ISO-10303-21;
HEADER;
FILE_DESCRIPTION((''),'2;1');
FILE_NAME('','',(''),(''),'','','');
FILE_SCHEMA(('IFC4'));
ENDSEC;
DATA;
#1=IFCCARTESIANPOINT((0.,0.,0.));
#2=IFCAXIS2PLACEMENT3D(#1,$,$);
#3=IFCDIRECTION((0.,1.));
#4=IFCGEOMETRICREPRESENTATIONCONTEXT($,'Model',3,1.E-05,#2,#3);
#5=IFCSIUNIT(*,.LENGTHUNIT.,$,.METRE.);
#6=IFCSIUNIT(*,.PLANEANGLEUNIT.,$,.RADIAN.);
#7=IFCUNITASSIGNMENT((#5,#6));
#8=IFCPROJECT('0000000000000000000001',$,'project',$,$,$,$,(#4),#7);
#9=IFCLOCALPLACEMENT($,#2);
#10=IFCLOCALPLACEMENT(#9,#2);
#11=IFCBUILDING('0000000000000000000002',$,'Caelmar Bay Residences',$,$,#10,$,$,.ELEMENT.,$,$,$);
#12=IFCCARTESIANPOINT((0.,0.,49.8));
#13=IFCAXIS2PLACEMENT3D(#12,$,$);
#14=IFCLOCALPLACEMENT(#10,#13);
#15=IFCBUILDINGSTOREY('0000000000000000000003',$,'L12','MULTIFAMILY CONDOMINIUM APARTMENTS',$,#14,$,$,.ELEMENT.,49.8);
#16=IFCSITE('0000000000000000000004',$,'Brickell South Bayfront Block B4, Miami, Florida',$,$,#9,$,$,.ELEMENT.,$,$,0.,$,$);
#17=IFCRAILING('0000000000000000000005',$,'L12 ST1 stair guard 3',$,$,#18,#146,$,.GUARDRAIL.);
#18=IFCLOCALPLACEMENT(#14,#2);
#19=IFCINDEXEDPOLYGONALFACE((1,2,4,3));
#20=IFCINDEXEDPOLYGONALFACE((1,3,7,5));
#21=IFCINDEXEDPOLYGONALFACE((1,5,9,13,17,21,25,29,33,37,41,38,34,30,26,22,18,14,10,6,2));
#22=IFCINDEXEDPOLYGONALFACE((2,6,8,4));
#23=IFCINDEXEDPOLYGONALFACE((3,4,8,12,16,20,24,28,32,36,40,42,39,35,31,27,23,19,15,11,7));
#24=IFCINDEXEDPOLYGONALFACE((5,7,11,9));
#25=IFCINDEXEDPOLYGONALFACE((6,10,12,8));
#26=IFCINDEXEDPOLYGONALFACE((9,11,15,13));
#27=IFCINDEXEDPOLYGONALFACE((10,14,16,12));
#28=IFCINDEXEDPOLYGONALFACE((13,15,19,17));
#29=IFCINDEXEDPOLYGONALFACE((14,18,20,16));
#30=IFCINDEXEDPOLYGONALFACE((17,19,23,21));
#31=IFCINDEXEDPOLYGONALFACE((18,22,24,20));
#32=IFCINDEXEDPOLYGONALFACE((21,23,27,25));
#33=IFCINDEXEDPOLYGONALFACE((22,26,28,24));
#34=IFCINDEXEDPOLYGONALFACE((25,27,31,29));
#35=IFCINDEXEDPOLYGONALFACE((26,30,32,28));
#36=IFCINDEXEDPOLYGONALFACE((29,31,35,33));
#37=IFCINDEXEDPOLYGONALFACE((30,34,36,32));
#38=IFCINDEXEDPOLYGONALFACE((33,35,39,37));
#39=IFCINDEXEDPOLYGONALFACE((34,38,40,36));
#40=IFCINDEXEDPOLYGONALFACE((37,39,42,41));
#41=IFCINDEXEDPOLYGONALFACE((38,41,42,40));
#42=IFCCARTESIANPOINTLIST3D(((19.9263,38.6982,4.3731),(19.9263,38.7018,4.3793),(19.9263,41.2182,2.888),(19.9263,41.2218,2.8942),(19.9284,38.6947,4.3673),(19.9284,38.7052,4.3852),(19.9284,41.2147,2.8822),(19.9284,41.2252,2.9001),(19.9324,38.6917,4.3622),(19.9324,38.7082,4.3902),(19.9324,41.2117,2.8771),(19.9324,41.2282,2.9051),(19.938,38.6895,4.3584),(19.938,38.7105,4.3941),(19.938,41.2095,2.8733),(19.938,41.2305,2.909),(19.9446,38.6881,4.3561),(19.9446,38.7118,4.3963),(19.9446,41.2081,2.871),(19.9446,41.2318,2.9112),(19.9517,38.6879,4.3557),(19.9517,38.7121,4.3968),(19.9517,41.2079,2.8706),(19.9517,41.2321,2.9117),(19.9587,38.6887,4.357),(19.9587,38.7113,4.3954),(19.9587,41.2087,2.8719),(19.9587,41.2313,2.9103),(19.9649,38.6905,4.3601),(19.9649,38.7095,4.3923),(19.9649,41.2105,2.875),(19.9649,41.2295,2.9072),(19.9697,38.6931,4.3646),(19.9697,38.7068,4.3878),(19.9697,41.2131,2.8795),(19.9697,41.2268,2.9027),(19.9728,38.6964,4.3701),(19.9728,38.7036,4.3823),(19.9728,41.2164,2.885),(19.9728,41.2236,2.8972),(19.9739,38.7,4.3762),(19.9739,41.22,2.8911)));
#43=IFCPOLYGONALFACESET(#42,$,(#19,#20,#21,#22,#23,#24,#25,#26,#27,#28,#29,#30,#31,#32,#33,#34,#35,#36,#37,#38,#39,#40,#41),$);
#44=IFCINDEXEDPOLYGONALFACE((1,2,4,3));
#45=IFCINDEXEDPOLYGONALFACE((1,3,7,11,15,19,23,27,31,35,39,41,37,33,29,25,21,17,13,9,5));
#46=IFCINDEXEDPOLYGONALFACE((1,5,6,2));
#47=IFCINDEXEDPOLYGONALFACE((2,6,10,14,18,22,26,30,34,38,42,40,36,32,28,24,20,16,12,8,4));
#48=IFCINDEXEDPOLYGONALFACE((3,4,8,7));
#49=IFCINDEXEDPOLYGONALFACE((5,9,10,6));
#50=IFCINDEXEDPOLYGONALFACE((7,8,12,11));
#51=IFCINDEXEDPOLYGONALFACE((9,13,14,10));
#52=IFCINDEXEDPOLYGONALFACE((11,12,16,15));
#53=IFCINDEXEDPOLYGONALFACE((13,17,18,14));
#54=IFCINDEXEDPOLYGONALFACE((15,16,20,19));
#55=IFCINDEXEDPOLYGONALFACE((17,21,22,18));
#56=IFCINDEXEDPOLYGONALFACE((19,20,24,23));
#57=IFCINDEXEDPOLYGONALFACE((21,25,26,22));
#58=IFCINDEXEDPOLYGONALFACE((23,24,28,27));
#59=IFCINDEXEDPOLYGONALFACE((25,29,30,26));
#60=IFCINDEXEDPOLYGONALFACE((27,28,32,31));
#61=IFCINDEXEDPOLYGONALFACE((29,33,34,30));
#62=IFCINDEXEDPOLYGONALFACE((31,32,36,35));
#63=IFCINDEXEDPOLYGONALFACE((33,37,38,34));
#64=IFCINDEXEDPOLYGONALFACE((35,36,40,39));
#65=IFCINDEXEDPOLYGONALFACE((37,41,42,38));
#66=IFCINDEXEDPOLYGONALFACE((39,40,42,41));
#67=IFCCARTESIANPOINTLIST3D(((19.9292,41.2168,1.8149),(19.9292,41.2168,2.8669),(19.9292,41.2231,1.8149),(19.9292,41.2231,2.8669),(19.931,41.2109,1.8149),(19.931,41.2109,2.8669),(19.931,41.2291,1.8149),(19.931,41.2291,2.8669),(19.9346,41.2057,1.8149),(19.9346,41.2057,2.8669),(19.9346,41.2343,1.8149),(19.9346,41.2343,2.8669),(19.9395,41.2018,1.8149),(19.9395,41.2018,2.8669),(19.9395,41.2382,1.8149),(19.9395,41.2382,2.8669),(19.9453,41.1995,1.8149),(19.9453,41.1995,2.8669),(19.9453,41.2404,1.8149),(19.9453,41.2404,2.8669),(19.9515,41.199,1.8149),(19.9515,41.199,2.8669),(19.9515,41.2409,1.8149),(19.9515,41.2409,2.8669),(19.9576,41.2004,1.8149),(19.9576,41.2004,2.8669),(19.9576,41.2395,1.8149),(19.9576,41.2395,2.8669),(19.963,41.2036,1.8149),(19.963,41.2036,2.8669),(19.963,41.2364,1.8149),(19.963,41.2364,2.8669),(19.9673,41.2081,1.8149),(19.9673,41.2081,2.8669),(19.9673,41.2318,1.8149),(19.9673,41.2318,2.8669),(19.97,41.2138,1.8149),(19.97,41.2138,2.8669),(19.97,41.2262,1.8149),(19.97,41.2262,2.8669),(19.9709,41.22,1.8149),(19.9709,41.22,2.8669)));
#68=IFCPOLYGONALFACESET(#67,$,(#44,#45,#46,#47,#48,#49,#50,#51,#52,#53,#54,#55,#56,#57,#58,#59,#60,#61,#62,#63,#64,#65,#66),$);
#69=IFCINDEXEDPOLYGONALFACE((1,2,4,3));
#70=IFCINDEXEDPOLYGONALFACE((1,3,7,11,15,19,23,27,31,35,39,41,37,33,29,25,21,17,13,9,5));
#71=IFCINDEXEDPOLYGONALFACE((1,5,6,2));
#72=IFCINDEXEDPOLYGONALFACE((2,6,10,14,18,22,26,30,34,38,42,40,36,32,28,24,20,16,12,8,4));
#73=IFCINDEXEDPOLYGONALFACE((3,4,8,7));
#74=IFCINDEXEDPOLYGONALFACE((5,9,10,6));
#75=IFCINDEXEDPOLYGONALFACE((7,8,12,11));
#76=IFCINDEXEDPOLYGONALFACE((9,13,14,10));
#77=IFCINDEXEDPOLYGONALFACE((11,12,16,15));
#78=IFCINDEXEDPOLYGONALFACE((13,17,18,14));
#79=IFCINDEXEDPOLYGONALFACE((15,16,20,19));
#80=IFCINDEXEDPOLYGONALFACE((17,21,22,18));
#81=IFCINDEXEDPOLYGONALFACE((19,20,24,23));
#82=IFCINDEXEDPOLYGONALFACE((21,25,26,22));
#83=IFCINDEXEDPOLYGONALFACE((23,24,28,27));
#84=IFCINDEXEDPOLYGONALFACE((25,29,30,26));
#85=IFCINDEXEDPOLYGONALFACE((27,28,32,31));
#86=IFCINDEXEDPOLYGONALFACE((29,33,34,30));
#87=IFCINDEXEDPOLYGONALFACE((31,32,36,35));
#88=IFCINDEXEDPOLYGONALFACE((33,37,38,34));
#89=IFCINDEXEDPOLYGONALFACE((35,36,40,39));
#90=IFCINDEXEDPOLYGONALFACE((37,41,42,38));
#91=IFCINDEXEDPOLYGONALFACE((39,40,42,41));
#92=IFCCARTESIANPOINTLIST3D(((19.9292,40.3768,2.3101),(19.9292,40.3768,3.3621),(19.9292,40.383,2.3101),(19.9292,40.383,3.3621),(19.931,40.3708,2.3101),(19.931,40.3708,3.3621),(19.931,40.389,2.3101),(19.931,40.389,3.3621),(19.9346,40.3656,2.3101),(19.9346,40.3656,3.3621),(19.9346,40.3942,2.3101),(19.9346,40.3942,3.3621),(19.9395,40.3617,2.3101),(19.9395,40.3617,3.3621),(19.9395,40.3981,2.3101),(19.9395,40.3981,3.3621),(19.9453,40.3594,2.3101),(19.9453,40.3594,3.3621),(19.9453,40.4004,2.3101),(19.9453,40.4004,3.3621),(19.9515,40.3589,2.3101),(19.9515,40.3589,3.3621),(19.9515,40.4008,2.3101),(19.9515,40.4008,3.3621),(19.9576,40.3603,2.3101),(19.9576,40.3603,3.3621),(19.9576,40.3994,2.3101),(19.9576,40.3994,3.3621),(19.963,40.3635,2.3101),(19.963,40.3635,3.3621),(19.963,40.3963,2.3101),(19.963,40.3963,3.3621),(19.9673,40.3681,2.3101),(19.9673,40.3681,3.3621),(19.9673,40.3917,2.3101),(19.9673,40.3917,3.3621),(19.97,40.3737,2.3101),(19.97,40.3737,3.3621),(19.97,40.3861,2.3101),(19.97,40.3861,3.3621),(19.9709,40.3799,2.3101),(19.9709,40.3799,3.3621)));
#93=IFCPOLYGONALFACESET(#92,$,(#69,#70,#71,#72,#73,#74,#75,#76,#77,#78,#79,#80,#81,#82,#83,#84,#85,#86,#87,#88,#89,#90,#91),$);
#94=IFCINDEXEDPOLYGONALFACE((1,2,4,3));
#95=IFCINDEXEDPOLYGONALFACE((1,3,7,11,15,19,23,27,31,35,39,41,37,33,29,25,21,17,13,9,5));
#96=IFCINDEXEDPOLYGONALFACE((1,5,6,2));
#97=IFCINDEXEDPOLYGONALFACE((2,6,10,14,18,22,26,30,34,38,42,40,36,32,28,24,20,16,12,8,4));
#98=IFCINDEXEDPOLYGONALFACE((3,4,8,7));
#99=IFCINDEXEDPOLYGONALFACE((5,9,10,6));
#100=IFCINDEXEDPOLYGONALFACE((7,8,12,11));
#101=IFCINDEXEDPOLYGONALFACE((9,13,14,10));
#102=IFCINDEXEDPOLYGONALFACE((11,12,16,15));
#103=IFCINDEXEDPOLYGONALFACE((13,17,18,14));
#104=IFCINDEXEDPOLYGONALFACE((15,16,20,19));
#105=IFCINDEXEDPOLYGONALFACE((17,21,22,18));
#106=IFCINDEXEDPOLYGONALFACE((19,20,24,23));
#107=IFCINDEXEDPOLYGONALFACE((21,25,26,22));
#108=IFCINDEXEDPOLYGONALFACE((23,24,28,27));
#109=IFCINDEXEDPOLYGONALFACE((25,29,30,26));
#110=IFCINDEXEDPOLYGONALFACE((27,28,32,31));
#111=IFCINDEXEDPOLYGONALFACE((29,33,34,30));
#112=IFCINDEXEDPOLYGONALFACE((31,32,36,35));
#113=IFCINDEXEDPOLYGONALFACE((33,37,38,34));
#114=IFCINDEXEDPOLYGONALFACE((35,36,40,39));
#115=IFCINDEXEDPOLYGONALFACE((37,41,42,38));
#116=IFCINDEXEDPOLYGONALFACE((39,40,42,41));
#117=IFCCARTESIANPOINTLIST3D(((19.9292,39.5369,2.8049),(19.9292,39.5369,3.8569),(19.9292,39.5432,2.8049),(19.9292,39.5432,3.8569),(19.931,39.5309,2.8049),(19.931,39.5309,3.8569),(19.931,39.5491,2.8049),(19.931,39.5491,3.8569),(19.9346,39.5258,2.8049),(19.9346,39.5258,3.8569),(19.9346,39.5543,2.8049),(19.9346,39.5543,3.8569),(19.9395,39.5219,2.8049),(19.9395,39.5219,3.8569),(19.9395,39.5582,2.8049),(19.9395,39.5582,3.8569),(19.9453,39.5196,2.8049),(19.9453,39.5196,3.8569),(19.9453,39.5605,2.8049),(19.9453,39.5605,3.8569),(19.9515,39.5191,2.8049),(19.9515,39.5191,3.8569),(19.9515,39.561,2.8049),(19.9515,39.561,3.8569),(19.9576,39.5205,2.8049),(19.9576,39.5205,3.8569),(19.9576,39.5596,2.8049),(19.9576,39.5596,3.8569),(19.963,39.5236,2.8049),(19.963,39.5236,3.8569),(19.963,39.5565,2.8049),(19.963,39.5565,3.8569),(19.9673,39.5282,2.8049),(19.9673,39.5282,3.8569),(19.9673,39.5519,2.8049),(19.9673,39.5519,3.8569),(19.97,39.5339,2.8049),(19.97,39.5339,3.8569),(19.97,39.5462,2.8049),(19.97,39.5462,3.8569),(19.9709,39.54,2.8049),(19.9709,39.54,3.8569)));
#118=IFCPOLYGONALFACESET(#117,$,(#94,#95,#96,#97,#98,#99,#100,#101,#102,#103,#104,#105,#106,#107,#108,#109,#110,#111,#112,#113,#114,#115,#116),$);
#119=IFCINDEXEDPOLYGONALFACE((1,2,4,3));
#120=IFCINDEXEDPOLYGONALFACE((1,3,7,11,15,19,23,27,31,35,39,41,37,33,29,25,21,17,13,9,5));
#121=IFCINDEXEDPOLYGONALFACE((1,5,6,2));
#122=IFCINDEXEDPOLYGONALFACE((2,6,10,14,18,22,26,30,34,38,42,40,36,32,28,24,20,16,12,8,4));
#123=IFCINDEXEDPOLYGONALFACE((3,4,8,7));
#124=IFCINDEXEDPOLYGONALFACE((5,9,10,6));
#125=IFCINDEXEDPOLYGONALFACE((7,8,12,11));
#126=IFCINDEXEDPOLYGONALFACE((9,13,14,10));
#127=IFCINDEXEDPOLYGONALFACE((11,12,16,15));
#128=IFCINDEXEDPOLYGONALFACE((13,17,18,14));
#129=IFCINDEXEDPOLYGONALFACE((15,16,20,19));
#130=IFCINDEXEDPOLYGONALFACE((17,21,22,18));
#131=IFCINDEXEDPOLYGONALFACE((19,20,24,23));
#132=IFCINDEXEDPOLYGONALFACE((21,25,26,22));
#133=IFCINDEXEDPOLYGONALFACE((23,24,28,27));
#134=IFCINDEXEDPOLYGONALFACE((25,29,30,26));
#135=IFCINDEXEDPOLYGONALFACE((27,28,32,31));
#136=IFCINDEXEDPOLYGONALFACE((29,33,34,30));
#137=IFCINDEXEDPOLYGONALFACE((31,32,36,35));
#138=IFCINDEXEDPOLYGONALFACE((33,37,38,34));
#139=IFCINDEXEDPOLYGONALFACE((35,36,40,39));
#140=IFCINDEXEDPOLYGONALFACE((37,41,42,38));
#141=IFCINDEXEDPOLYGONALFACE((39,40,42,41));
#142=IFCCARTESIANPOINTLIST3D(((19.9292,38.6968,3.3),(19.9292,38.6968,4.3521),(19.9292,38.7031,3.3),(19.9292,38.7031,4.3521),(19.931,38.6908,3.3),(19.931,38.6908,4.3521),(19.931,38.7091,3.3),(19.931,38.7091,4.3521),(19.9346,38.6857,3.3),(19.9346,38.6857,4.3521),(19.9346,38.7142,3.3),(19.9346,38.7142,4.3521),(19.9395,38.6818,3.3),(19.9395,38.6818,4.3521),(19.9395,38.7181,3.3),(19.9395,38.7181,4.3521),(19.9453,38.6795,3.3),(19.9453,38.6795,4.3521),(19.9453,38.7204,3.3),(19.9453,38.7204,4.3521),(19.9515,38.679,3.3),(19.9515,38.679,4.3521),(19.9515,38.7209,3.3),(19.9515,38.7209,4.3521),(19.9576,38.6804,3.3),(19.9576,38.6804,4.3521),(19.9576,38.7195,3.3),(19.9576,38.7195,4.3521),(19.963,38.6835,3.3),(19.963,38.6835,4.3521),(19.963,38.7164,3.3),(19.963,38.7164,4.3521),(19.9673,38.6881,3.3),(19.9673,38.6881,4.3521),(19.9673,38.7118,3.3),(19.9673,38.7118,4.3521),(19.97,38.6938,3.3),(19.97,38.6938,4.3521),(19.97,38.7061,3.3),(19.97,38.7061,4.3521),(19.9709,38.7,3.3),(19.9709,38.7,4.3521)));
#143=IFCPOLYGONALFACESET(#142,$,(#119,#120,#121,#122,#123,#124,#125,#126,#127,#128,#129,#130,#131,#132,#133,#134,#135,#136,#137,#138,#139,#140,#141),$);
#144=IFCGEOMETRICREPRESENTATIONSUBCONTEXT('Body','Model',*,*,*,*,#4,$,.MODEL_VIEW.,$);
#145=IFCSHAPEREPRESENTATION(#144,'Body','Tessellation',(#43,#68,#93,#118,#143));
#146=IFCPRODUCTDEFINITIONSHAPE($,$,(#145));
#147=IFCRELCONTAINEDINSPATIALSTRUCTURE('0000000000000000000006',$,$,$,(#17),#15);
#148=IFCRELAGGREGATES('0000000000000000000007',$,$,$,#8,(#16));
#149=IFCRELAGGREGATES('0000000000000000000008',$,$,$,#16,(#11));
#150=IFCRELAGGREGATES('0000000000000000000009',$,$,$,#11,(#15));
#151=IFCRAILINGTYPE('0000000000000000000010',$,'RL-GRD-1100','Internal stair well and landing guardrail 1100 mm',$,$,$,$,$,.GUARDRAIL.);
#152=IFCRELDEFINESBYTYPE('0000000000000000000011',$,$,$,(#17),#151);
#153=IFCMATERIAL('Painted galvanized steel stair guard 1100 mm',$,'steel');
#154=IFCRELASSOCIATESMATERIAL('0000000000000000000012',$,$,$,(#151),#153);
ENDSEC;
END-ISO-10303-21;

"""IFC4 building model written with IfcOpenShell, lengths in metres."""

from ifc_helpers import new_model, si_unit, direction, frame, origin, origin_2d, place, context, subcontext, project, spatial, circle, extrude, material, type_object, element, save


model = new_model("IFC4")

# Units and contexts
model_context = context("Model", 3, precision=1e-05, world=origin(), true_north=direction((0.0, 1.0)))
body_context = subcontext(model_context, "Body", "Model", "MODEL_VIEW")
ifc_project = project(units=[si_unit("LENGTHUNIT", "METRE"), si_unit("PLANEANGLEUNIT", "RADIAN")], contexts=[model_context])

# Site, building, storey
site_placement = place(None, origin())
site = spatial("IfcSite", under=ifc_project, at=site_placement, Name="Brickell South Bayfront Block B4, Miami, Florida", CompositionType="ELEMENT", RefElevation=0.0)
building_placement = place(site_placement, origin())
building = spatial("IfcBuilding", under=site, at=building_placement, Name="Caelmar Bay Residences", CompositionType="ELEMENT")
storey_placement = place(building_placement, frame((0.0, 0.0, 49.8)))
storey = spatial("IfcBuildingStorey", under=building, at=storey_placement, Name="L12", Description="MULTIFAMILY CONDOMINIUM APARTMENTS", CompositionType="ELEMENT", Elevation=49.8)

# Railing
ifc_material_1 = material(Name="Painted galvanized steel stair guard 1100 mm", Category="steel")
railing_type_1 = type_object("IfcRailingType", Name="RL-GRD-1100", Description="Internal stair well and landing guardrail 1100 mm", PredefinedType="GUARDRAIL", material=ifc_material_1)
railing_1_placement = place(storey_placement, frame((19.95, 41.22, 1.8149)))
element("IfcRailing", 1, at=railing_1_placement, inside=storey, type_object=railing_type_1, Name="L12 ST1 stair guard 3", PredefinedType="GUARDRAIL", context=body_context, shape_type="SweptSolid", body=[
    extrude(circle(Radius=0.0239, at=origin_2d()), frame((0.0, 0.0, 1.0762), z_axis=(0.0, -0.861524, 0.507717), x_axis=(1.0, 0.0, 0.0)), (0.0, 0.0, 1.0), 2.925),
    extrude(circle(Radius=0.021, at=origin_2d()), origin(), (0.0, 0.0, 1.0), 1.052),
    extrude(circle(Radius=0.021, at=origin_2d()), frame((0.0, -0.8401, 0.4951)), (0.0, 0.0, 1.0), 1.052),
    extrude(circle(Radius=0.021, at=origin_2d()), frame((0.0, -1.6799, 0.99)), (0.0, 0.0, 1.0), 1.052),
    extrude(circle(Radius=0.021, at=origin_2d()), frame((0.0, -2.52, 1.4851)), (0.0, 0.0, 1.0), 1.052),
])

save(model, "model.ifc")
